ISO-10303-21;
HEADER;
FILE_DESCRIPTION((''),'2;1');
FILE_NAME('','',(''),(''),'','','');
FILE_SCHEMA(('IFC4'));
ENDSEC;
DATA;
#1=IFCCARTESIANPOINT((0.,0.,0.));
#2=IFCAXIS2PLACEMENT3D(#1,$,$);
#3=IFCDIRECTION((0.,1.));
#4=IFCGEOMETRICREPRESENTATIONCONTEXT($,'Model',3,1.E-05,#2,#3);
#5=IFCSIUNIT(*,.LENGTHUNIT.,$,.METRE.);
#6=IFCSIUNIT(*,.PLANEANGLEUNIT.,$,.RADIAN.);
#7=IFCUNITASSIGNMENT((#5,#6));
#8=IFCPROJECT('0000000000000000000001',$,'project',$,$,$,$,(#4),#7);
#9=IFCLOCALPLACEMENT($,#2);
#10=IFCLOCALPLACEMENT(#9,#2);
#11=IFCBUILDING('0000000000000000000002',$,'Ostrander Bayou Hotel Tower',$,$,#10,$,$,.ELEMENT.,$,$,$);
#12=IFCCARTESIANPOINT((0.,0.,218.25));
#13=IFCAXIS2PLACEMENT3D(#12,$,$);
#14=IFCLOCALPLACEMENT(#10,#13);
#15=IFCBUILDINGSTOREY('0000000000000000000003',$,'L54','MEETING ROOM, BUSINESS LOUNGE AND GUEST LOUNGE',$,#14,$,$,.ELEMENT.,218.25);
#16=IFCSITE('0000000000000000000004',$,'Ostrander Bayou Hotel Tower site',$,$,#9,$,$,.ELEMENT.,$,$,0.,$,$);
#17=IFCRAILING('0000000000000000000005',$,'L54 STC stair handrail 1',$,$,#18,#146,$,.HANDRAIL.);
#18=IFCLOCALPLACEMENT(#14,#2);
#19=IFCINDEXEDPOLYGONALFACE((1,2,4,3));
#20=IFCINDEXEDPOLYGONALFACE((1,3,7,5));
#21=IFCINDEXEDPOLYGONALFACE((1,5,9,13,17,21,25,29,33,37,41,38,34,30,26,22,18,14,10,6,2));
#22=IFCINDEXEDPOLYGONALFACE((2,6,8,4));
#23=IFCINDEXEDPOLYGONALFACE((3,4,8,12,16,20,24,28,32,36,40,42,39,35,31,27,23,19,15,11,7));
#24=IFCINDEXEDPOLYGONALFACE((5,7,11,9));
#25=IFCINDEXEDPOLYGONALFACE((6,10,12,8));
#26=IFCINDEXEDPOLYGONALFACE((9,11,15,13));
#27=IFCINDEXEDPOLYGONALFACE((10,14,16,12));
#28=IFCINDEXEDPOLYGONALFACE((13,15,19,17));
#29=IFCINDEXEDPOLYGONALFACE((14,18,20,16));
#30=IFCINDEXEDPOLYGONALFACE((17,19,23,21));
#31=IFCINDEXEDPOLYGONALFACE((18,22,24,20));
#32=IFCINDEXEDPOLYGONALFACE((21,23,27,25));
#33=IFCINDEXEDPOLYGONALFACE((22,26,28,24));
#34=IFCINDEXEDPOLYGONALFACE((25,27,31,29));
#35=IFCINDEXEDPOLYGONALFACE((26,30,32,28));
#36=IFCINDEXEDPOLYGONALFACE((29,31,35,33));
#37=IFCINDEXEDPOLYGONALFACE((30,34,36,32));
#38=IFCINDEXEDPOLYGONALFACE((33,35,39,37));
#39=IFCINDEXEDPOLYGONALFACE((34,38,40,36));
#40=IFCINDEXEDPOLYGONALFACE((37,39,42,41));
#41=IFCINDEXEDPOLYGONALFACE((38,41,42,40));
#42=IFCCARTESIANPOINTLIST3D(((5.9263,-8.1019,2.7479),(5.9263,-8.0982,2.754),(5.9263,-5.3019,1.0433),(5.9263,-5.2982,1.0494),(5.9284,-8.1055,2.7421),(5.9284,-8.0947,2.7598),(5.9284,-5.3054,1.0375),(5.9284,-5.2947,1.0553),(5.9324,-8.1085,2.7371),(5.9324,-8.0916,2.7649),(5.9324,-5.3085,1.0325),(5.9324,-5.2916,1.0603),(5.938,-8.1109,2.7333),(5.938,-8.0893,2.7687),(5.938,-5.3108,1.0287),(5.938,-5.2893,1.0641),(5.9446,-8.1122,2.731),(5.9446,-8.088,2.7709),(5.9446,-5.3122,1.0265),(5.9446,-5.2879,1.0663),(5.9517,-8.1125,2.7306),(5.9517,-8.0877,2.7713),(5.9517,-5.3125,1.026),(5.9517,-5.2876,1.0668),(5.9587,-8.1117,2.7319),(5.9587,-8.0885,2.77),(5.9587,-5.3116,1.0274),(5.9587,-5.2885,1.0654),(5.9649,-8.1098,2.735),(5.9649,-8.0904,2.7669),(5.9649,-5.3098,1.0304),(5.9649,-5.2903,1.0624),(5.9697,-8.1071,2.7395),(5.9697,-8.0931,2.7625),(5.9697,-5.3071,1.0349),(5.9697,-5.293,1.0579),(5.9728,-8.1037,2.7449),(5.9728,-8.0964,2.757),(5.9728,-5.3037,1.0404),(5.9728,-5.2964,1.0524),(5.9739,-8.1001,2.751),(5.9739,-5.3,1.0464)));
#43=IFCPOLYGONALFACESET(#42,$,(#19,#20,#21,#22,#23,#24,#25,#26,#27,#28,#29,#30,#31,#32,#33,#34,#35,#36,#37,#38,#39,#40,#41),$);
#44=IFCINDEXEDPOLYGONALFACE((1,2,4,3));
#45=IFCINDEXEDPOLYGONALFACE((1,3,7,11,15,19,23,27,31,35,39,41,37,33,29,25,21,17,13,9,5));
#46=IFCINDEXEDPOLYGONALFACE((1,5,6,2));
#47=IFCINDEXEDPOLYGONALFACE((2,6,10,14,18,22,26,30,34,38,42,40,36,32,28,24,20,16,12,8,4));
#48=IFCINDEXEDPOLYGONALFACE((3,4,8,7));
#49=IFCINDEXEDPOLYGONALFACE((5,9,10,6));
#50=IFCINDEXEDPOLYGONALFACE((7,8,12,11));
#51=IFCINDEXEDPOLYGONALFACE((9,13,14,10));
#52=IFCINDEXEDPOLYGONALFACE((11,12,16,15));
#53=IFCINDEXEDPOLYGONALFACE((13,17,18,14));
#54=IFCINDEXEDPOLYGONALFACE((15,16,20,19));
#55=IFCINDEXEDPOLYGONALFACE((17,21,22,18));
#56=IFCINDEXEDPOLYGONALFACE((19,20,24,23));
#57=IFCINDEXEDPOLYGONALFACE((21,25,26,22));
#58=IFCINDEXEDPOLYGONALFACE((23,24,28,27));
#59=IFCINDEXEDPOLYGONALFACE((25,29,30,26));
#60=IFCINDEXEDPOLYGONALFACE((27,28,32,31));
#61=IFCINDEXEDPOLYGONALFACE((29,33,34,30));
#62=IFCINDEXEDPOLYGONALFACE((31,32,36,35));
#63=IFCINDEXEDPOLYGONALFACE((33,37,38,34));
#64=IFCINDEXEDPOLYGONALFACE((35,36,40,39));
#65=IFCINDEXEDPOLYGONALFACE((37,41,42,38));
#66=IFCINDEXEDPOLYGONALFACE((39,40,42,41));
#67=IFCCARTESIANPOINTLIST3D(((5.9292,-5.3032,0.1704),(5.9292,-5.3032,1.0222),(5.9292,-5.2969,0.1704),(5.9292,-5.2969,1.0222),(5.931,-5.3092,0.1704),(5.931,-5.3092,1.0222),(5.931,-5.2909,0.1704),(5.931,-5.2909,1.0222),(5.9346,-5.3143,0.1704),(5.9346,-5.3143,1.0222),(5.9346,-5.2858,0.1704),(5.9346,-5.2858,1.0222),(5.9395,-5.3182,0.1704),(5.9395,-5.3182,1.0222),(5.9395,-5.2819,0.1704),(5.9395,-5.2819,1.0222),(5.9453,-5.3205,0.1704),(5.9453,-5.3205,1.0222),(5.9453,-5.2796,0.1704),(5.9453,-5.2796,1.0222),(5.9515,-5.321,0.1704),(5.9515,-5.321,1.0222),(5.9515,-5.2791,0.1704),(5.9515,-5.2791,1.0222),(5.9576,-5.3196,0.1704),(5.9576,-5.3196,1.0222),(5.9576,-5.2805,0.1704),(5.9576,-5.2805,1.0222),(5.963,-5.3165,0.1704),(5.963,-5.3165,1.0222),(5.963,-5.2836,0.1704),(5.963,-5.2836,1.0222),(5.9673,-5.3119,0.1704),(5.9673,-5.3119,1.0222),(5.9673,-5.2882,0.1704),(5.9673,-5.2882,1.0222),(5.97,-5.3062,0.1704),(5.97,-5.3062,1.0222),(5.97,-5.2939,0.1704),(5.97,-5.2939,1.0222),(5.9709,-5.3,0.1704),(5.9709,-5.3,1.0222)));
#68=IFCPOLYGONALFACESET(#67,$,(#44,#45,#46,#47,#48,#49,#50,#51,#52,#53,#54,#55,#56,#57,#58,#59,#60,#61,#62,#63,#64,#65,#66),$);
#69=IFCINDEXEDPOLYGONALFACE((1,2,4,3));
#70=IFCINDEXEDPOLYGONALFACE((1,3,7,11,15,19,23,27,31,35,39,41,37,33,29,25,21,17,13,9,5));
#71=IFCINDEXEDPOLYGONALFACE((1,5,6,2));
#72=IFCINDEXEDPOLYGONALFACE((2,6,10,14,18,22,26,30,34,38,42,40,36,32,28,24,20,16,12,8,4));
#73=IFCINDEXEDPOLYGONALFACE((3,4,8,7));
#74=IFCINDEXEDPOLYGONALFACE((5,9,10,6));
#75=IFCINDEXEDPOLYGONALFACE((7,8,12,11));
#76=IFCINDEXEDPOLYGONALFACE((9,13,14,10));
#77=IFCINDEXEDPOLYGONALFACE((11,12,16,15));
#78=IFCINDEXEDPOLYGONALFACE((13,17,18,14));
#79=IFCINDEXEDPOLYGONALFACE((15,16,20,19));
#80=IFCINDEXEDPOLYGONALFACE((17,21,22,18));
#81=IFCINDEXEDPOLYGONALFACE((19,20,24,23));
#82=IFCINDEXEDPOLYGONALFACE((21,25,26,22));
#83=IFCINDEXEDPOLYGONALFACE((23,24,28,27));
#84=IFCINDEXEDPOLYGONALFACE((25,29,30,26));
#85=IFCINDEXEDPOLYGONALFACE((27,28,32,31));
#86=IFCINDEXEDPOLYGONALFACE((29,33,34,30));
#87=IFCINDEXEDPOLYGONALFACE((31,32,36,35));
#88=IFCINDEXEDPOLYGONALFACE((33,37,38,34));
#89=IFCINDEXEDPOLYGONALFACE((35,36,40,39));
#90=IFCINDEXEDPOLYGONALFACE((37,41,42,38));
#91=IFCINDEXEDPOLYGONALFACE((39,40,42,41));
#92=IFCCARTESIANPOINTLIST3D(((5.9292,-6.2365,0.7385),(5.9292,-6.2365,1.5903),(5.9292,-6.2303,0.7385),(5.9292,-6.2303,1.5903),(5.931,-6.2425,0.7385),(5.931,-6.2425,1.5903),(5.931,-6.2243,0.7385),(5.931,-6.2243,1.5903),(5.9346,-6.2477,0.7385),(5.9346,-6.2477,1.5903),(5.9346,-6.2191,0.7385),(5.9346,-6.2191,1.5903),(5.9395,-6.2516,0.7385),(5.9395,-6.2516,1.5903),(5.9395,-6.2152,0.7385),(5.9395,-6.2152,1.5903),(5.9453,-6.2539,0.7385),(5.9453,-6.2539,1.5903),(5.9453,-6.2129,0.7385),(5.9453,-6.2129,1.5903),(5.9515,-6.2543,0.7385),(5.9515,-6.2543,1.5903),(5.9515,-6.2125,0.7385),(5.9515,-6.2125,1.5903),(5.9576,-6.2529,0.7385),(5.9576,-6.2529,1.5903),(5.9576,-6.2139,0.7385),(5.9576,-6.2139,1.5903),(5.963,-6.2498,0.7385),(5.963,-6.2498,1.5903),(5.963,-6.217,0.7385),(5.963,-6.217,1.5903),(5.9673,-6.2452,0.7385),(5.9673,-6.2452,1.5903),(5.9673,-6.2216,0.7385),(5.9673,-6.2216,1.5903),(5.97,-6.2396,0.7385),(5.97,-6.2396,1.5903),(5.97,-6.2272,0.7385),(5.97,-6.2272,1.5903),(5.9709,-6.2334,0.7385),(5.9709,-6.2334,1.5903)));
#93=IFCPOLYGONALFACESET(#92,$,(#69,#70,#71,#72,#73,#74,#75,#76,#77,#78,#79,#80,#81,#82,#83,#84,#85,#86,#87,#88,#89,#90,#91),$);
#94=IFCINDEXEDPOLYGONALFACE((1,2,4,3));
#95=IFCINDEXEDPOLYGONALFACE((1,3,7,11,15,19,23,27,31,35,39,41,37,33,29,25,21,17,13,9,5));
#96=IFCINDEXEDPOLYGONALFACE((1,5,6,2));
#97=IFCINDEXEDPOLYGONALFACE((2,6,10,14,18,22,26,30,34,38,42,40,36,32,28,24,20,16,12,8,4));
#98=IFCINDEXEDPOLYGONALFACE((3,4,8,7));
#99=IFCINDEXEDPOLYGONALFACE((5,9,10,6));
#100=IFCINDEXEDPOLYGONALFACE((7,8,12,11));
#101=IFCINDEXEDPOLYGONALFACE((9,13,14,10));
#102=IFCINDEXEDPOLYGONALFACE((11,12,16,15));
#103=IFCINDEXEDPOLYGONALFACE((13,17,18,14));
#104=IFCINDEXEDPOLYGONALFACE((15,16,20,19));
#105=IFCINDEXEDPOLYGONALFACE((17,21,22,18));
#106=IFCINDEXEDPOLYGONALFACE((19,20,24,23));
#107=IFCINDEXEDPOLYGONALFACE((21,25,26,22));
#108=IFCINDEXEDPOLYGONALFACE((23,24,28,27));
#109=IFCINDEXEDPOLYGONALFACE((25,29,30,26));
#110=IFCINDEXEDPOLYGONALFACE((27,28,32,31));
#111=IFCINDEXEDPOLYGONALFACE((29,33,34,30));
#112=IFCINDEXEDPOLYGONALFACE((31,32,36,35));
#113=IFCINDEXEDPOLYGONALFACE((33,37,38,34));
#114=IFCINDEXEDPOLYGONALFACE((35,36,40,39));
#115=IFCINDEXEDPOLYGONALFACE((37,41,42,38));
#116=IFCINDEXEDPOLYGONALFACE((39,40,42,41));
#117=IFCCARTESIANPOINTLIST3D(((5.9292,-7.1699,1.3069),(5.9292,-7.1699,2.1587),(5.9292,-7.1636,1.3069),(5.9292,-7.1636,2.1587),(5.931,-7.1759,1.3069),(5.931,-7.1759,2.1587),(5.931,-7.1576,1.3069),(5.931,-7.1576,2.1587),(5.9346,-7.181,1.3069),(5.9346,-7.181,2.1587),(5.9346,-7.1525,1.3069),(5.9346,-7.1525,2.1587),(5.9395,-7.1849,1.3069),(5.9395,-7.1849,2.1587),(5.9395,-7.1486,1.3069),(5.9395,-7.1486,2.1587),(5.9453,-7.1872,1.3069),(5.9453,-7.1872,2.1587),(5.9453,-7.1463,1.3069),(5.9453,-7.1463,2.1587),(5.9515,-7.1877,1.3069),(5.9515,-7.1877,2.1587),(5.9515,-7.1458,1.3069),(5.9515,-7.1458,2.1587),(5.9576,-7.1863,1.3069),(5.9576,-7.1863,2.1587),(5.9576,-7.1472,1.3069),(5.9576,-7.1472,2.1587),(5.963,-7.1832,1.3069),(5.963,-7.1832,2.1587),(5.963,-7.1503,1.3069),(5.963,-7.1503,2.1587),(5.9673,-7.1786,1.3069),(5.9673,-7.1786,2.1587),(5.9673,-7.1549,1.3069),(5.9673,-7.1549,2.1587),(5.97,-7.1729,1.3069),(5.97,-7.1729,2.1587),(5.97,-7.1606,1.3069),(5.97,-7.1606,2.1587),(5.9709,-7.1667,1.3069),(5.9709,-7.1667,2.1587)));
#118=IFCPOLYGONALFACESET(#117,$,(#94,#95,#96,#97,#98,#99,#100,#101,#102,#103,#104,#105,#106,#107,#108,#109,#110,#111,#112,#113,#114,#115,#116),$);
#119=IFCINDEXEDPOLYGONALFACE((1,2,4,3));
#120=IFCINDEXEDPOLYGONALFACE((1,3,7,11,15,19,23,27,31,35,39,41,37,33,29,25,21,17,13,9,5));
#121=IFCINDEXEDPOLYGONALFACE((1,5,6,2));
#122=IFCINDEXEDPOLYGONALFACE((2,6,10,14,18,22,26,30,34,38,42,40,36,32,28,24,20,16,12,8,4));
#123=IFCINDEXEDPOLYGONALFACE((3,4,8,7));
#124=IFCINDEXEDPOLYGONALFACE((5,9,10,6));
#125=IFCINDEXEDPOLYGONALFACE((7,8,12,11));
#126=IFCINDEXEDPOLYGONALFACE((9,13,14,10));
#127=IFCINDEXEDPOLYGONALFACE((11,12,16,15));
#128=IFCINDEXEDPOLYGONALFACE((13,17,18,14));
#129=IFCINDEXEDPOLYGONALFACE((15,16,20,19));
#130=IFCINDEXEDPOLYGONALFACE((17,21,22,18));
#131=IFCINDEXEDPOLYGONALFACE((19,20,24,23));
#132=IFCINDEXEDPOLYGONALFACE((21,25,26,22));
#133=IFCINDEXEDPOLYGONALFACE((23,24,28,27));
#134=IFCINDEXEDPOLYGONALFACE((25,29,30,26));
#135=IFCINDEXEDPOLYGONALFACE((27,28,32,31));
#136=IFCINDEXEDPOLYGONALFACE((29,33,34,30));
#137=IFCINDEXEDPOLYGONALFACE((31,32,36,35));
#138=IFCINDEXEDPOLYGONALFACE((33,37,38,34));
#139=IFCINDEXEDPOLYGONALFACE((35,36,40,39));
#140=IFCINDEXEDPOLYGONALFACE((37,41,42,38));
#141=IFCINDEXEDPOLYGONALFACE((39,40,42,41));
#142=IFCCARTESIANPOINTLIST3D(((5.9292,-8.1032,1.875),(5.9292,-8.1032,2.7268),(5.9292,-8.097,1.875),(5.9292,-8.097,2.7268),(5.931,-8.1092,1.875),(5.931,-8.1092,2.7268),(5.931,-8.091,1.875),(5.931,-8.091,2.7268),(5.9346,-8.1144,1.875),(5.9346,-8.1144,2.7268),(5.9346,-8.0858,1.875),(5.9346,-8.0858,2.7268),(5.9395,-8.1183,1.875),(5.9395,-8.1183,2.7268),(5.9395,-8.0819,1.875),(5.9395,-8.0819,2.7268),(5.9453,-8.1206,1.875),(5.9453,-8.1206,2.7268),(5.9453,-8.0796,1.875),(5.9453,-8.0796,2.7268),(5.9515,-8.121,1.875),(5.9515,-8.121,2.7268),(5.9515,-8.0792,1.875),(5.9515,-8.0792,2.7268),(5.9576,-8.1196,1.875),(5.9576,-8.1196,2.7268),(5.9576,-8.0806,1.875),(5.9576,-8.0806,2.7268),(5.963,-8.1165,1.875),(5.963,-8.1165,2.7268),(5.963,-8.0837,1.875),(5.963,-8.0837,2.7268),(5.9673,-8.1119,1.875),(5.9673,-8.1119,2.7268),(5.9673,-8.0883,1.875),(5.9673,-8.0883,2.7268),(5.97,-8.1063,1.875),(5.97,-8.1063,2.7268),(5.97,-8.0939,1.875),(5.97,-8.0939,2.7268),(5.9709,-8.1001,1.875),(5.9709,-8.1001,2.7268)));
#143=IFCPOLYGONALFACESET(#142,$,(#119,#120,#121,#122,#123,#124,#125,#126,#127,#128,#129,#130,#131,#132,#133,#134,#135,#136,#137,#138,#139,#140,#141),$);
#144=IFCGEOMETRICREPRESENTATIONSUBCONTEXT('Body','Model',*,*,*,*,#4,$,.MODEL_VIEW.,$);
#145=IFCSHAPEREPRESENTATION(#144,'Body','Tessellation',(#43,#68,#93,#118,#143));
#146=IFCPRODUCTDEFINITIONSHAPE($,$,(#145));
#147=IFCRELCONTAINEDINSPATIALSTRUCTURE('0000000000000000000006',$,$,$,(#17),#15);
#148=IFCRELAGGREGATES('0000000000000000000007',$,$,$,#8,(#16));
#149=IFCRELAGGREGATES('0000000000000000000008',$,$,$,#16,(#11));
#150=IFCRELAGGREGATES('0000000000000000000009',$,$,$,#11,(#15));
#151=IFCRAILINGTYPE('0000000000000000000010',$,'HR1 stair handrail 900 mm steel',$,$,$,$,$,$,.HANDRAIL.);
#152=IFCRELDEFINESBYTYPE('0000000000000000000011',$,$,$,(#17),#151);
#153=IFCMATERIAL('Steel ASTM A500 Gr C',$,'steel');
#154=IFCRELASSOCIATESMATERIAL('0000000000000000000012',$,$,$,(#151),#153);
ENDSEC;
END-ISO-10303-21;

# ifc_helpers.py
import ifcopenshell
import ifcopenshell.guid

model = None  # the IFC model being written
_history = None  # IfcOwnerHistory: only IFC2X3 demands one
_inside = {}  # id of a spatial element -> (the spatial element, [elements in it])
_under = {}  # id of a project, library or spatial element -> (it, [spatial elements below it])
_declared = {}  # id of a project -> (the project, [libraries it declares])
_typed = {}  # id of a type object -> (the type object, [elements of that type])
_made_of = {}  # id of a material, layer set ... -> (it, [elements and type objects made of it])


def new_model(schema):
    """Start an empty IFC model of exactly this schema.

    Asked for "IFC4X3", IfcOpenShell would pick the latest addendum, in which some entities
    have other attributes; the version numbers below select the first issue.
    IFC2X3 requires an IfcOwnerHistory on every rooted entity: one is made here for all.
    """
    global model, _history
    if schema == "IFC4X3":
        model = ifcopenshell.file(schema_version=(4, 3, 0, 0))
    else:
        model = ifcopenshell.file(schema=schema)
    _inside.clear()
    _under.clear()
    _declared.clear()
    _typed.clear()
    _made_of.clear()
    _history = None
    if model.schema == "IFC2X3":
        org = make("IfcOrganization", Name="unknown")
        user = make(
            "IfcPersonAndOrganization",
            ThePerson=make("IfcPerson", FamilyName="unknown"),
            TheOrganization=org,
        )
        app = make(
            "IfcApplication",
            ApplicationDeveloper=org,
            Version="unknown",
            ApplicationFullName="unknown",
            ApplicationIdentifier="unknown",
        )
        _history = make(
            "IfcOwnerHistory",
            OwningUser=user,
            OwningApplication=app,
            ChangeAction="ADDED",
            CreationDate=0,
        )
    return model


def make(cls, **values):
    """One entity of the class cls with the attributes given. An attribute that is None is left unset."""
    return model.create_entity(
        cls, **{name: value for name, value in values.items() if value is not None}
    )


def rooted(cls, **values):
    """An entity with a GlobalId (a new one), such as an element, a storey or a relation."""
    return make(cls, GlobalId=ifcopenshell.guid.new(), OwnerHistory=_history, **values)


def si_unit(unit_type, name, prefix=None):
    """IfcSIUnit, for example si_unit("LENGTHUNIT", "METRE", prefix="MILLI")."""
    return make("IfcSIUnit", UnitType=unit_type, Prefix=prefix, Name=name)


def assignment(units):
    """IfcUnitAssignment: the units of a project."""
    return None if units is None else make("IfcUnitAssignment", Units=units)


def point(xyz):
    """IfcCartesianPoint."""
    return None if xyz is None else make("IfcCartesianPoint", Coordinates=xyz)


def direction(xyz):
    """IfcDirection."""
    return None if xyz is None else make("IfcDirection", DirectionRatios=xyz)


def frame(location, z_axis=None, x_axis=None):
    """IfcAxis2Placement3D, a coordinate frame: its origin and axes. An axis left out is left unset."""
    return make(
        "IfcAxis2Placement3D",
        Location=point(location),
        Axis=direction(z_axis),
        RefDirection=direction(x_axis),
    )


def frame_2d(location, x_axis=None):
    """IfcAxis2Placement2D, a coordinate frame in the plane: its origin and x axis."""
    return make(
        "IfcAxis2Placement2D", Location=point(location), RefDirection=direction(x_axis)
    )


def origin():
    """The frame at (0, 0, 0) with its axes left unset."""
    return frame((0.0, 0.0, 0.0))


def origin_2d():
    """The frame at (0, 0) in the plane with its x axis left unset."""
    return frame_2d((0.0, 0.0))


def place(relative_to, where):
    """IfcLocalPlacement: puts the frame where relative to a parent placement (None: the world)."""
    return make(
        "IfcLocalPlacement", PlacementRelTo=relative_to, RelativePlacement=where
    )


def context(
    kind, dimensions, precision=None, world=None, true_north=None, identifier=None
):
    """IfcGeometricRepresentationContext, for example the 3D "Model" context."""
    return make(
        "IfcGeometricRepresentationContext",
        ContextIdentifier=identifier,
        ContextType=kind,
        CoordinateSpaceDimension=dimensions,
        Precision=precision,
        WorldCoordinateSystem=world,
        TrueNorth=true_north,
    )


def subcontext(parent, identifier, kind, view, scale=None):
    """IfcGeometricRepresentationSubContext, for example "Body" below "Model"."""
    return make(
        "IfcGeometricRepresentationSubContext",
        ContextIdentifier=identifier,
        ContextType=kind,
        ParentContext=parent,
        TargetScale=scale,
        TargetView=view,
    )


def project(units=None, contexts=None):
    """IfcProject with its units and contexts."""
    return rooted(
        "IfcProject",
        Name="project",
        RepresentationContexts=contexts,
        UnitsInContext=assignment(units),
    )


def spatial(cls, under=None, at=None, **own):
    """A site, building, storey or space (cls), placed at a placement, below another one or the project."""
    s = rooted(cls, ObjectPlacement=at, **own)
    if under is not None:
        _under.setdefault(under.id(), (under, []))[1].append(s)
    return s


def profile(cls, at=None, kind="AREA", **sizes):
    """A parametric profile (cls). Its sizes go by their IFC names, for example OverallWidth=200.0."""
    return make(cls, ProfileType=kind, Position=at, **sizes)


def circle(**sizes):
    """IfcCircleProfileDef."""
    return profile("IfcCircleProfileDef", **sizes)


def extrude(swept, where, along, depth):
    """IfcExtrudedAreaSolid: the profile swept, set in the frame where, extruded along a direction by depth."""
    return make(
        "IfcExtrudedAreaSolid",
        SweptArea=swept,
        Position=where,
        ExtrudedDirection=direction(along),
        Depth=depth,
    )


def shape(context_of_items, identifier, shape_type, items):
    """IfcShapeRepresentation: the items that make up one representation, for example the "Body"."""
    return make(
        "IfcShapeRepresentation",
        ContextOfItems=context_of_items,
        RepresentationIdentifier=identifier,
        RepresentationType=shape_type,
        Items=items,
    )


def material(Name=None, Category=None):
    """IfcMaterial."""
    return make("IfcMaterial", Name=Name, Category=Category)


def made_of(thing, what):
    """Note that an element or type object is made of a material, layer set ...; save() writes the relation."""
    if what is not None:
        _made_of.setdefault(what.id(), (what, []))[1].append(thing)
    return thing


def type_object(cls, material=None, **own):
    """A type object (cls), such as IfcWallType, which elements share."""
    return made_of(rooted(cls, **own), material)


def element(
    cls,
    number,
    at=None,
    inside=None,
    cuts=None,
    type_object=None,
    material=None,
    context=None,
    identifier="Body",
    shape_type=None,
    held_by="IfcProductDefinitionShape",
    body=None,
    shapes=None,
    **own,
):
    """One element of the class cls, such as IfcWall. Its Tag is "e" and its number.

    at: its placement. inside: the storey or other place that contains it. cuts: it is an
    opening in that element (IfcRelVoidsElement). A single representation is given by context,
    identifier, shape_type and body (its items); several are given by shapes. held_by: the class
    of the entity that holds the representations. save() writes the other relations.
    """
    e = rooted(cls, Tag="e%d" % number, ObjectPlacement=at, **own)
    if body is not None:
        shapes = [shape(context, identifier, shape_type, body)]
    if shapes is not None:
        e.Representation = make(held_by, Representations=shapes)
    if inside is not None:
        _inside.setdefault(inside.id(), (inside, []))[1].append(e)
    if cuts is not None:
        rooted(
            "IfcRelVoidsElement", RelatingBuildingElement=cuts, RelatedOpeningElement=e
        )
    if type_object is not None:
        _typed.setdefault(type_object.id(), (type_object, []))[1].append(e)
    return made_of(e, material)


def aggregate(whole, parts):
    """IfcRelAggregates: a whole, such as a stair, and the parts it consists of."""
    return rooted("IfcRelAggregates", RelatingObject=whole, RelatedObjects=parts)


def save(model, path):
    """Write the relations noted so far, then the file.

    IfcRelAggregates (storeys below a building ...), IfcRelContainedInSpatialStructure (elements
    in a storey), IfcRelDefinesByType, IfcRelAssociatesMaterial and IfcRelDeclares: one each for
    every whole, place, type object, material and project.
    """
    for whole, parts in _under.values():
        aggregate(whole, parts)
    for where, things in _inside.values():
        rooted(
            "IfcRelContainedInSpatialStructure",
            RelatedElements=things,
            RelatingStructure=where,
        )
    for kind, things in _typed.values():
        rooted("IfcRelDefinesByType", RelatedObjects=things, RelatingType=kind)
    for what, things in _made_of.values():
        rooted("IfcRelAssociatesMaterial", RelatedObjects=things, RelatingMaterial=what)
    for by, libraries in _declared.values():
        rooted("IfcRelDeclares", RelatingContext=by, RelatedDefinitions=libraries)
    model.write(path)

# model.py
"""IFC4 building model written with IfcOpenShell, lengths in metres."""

from ifc_helpers import new_model, si_unit, direction, frame, origin, origin_2d, place, context, subcontext, project, spatial, circle, extrude, material, type_object, element, save


model = new_model("IFC4")

# Units and contexts
model_context = context("Model", 3, precision=1e-05, world=origin(), true_north=direction((0.0, 1.0)))
body_context = subcontext(model_context, "Body", "Model", "MODEL_VIEW")
ifc_project = project(units=[si_unit("LENGTHUNIT", "METRE"), si_unit("PLANEANGLEUNIT", "RADIAN")], contexts=[model_context])

# Site, building, storey
site_placement = place(None, origin())
site = spatial("IfcSite", under=ifc_project, at=site_placement, Name="Ostrander Bayou Hotel Tower site", CompositionType="ELEMENT", RefElevation=0.0)
building_placement = place(site_placement, origin())
building = spatial("IfcBuilding", under=site, at=building_placement, Name="Ostrander Bayou Hotel Tower", CompositionType="ELEMENT")
storey_placement = place(building_placement, frame((0.0, 0.0, 218.25)))
storey = spatial("IfcBuildingStorey", under=building, at=storey_placement, Name="L54", Description="MEETING ROOM, BUSINESS LOUNGE AND GUEST LOUNGE", CompositionType="ELEMENT", Elevation=218.25)

# Railing
ifc_material_1 = material(Name="Steel ASTM A500 Gr C", Category="steel")
railing_type_1 = type_object("IfcRailingType", Name="HR1 stair handrail 900 mm steel", PredefinedType="HANDRAIL", material=ifc_material_1)
railing_1_placement = place(storey_placement, frame((5.95, -5.3, 0.1704)))
element("IfcRailing", 1, at=railing_1_placement, inside=storey, type_object=railing_type_1, Name="L54 STC stair handrail 1", PredefinedType="HANDRAIL", context=body_context, shape_type="SweptSolid", body=[
    extrude(circle(Radius=0.0239, at=origin_2d()), frame((0.0, 0.0, 0.876), z_axis=(0.0, -0.85417, 0.519994), x_axis=(1.0, 0.0, 0.0)), (0.0, 0.0, 1.0), 3.2781),
    extrude(circle(Radius=0.021, at=origin_2d()), origin(), (0.0, 0.0, 1.0), 0.8518),
    extrude(circle(Radius=0.021, at=origin_2d()), frame((0.0, -0.9333, 0.5681)), (0.0, 0.0, 1.0), 0.8518),
    extrude(circle(Radius=0.021, at=origin_2d()), frame((0.0, -1.8667, 1.1365)), (0.0, 0.0, 1.0), 0.8518),
    extrude(circle(Radius=0.021, at=origin_2d()), frame((0.0, -2.8, 1.7046)), (0.0, 0.0, 1.0), 0.8518),
])

save(model, "model.ifc")
